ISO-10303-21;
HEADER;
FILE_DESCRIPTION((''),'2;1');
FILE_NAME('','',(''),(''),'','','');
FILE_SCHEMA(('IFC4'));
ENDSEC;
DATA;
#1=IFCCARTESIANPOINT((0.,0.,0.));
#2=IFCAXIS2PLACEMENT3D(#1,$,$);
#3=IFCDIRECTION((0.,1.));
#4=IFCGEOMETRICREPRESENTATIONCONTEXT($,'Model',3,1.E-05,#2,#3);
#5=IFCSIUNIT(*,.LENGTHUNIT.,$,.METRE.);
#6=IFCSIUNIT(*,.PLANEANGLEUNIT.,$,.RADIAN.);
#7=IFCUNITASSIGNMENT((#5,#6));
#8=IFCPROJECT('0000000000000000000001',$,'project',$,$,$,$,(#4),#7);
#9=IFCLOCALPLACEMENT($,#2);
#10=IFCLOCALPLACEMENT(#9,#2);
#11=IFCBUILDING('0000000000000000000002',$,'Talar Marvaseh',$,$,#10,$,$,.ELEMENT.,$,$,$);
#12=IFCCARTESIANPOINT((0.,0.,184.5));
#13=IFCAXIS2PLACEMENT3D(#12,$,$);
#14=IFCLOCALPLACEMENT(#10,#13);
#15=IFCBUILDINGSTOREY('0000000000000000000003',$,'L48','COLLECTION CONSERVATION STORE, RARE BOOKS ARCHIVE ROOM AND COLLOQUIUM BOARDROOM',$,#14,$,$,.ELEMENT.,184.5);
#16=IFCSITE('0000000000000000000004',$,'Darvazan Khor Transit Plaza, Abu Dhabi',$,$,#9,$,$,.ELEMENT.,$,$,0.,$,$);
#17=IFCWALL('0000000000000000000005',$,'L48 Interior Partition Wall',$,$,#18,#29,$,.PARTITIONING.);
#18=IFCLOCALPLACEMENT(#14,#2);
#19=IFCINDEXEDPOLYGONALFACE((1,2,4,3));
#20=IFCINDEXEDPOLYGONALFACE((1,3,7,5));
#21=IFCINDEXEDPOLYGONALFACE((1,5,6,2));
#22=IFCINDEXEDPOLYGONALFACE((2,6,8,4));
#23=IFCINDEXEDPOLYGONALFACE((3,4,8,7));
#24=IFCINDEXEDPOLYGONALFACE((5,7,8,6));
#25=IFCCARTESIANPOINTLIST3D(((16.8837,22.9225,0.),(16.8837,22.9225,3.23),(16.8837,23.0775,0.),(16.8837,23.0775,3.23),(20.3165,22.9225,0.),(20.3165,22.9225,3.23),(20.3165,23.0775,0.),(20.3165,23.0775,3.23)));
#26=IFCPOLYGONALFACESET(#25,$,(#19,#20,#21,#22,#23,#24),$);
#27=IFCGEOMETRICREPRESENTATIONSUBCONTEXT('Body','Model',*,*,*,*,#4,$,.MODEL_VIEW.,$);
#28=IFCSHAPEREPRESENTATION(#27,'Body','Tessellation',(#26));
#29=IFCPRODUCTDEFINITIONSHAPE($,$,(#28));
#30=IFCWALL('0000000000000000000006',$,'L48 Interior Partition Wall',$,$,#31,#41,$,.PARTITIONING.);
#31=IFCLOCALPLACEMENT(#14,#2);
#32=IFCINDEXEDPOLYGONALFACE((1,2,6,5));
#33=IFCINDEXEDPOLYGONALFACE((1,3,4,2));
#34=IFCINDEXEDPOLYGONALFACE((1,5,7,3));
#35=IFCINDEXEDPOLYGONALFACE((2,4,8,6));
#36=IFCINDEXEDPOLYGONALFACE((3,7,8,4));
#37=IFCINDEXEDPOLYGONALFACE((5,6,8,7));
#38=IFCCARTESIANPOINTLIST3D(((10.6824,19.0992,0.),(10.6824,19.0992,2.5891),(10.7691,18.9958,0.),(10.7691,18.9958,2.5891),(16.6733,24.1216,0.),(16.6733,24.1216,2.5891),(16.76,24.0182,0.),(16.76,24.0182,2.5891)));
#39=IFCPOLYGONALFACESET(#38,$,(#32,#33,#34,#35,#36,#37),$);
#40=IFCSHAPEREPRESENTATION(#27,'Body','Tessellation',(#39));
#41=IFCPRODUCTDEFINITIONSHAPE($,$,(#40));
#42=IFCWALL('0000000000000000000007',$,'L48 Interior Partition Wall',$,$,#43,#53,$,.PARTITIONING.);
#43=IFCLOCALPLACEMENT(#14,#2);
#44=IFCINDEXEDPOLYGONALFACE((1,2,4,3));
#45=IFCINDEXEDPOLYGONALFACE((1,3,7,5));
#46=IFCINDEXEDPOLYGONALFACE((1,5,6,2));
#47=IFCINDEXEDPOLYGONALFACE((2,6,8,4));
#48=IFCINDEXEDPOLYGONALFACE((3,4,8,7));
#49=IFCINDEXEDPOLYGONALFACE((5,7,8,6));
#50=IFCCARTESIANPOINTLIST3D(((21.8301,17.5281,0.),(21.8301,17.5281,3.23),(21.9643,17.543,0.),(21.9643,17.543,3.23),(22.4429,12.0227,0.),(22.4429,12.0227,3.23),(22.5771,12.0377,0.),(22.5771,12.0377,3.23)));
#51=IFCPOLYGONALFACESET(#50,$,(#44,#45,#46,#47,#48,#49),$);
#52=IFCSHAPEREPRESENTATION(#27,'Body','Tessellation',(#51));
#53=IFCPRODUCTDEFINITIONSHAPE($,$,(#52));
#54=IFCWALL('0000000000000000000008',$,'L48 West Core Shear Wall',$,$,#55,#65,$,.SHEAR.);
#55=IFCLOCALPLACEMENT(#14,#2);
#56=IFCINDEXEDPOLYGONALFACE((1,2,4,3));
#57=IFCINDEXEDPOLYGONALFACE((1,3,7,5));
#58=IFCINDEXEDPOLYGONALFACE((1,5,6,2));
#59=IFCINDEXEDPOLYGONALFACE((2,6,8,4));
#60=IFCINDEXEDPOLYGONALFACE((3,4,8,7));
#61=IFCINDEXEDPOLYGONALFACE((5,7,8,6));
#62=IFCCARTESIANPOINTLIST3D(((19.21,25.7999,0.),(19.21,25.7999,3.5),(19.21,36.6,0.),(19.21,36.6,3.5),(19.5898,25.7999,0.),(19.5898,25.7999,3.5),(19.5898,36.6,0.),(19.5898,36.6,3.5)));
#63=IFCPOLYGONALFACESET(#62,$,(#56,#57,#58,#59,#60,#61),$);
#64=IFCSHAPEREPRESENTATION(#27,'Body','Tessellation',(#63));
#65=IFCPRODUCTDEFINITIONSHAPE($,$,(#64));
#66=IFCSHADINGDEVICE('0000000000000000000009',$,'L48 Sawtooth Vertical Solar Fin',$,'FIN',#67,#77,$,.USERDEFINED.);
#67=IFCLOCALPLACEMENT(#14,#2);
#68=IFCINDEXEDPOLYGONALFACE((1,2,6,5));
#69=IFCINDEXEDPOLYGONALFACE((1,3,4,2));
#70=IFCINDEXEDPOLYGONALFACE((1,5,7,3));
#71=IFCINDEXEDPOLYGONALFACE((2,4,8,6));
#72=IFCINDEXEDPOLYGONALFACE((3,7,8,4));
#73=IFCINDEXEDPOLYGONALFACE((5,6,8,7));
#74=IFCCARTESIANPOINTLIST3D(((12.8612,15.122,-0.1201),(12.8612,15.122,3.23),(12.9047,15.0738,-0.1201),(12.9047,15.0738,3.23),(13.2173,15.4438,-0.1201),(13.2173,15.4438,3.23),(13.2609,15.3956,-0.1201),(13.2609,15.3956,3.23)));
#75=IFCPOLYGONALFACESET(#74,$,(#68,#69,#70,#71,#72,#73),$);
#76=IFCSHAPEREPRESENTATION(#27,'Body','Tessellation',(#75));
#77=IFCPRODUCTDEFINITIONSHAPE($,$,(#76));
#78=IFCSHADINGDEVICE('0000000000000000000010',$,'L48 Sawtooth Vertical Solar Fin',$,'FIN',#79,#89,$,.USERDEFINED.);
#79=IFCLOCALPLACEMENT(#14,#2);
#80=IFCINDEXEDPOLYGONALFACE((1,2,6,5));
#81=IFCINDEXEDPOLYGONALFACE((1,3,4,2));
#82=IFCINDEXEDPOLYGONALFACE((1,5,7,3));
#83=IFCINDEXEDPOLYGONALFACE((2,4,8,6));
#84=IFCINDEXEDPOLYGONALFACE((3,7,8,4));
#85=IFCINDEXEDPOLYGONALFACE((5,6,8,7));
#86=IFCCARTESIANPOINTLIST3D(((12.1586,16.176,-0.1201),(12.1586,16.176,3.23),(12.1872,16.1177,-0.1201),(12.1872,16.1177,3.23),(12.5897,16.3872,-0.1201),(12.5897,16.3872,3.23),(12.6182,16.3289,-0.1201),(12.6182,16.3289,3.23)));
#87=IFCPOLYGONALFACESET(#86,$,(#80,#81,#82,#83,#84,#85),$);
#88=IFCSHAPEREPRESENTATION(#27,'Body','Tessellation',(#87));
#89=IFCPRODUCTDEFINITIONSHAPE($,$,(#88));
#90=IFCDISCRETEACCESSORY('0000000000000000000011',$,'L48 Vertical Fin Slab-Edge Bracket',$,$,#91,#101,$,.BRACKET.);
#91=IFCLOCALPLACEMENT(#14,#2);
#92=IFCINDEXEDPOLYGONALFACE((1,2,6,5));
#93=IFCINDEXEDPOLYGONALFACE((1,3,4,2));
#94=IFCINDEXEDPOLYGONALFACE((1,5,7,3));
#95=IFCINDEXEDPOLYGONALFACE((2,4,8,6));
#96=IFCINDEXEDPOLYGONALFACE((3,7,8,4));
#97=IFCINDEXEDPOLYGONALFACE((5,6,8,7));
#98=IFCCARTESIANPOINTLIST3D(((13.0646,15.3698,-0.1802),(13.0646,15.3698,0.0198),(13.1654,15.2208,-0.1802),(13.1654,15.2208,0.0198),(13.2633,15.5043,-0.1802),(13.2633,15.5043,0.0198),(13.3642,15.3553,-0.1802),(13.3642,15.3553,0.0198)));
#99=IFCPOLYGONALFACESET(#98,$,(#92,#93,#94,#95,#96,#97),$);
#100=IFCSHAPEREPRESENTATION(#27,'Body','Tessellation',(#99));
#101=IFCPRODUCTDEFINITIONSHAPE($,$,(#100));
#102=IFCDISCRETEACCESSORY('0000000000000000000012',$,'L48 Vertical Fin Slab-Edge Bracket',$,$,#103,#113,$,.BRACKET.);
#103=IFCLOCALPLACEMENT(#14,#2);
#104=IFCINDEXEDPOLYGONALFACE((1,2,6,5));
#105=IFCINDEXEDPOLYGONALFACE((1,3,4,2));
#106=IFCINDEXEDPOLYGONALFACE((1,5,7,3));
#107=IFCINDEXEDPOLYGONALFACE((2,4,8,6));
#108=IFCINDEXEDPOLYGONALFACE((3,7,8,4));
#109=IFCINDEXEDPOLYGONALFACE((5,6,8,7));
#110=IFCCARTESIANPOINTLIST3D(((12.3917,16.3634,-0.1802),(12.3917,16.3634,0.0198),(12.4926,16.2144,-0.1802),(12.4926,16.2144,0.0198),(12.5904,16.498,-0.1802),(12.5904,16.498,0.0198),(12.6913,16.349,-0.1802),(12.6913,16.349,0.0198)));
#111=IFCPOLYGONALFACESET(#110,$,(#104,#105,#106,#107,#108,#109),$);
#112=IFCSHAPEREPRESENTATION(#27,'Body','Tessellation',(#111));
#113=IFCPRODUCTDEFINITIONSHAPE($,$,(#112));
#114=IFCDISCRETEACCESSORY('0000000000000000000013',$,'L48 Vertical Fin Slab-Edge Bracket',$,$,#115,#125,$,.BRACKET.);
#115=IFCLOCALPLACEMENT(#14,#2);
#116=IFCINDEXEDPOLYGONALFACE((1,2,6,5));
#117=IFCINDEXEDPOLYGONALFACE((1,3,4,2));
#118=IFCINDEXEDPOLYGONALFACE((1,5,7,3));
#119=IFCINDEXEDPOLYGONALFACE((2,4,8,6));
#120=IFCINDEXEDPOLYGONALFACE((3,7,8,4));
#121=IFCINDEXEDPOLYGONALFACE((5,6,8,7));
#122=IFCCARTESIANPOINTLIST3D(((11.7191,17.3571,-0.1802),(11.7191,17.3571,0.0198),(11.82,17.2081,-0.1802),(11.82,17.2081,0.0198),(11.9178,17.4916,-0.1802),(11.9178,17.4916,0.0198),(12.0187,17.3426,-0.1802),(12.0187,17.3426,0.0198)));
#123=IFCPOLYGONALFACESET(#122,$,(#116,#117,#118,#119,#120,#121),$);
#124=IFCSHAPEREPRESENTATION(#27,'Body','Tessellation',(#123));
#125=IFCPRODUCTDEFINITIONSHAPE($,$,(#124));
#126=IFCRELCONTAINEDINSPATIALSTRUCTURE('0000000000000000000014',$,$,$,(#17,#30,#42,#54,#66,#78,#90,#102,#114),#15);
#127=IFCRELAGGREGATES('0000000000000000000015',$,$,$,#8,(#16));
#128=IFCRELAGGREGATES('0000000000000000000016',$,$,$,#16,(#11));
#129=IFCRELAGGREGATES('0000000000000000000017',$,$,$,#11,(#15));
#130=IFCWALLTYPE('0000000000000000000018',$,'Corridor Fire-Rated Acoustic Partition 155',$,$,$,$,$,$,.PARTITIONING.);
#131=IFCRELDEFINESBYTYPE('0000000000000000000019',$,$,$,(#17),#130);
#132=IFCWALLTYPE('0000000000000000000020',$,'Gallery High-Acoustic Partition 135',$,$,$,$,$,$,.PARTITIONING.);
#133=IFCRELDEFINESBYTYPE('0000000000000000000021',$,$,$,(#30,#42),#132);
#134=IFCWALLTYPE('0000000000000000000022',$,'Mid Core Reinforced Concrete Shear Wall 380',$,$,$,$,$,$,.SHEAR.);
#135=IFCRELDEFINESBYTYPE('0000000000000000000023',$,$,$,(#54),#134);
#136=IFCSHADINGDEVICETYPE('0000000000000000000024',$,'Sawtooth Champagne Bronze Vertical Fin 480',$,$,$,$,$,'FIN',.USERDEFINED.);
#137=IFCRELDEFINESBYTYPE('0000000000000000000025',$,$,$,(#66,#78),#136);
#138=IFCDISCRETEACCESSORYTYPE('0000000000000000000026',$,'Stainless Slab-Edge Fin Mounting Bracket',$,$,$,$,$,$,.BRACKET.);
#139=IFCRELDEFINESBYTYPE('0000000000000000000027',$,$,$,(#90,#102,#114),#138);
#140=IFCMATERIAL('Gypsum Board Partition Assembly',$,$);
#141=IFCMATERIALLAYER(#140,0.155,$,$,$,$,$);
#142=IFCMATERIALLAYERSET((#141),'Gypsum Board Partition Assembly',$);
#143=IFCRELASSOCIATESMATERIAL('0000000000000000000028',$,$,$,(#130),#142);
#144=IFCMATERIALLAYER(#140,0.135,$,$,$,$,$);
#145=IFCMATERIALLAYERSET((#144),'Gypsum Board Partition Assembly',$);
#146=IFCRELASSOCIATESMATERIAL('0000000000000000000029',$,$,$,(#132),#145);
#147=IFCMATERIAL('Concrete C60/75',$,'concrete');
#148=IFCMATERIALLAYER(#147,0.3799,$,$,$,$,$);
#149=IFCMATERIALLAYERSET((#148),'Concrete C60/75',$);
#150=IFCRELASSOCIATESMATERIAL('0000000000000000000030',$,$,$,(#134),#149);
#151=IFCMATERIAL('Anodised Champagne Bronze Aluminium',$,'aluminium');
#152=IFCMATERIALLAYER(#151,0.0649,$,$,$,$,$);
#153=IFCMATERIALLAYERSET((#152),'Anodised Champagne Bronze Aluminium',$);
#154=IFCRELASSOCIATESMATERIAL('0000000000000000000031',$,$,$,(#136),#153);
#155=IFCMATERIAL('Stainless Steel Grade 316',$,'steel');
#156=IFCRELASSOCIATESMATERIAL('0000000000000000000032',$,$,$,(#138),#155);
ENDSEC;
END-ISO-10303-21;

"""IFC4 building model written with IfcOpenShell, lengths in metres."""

from ifc_helpers import new_model, si_unit, direction, frame, frame_2d, origin, origin_2d, place, context, subcontext, project, spatial, rectangle, extrude, source, transform, mapped, material, layer, layer_set, type_object, type_shapes, element, save


model = new_model("IFC4")

# Units and contexts
model_context = context("Model", 3, precision=1e-05, world=origin(), true_north=direction((0.0, 1.0)))
body_context = subcontext(model_context, "Body", "Model", "MODEL_VIEW")
ifc_project = project(units=[si_unit("LENGTHUNIT", "METRE"), si_unit("PLANEANGLEUNIT", "RADIAN")], contexts=[model_context])

# Site, building, storey
site_placement = place(None, origin())
site = spatial("IfcSite", under=ifc_project, at=site_placement, Name="Darvazan Khor Transit Plaza, Abu Dhabi", CompositionType="ELEMENT", RefElevation=0.0)
building_placement = place(site_placement, origin())
building = spatial("IfcBuilding", under=site, at=building_placement, Name="Talar Marvaseh", CompositionType="ELEMENT")
storey_placement = place(building_placement, frame((0.0, 0.0, 184.5)))
storey = spatial("IfcBuildingStorey", under=building, at=storey_placement, Name="L48", Description="COLLECTION CONSERVATION STORE, RARE BOOKS ARCHIVE ROOM AND COLLOQUIUM BOARDROOM", CompositionType="ELEMENT", Elevation=184.5)

# Shared definitions
ifc_material_1 = material(Name="Concrete C60/75", Category="concrete")

# Shared definitions
ifc_material_2 = material(Name="Gypsum Board Partition Assembly")
ifc_layer_1 = layer(ifc_material_2, 0.155)
ifc_layer_set_1 = layer_set([ifc_layer_1], Name="Gypsum Board Partition Assembly")
wall_type_1 = type_object("IfcWallType", Name="Corridor Fire-Rated Acoustic Partition 155", PredefinedType="PARTITIONING", material=ifc_layer_set_1)

# Walls
wall_1_placement = place(storey_placement, frame((20.3164, 23.0, 0.0), z_axis=(0.0, 0.0, 1.0), x_axis=(-1.0, 0.0, 0.0)))
element("IfcWall", 1, at=wall_1_placement, inside=storey, type_object=wall_type_1, Name="L48 Interior Partition Wall", PredefinedType="PARTITIONING", context=body_context, shape_type="SweptSolid", body=[
    extrude(rectangle(XDim=3.4329, YDim=0.155, at=frame_2d((1.7163, 0.0))), origin(), (0.0, 0.0, 1.0), 3.23),
])
ifc_layer_2 = layer(ifc_material_2, 0.135)
ifc_layer_set_2 = layer_set([ifc_layer_2], Name="Gypsum Board Partition Assembly")
wall_type_2 = type_object("IfcWallType", Name="Gallery High-Acoustic Partition 135", PredefinedType="PARTITIONING", material=ifc_layer_set_2)
wall_2_placement = place(storey_placement, frame((16.7166, 24.0698, 0.0), z_axis=(0.0, 0.0, 1.0), x_axis=(-0.766331, -0.642445, 0.0)))
element("IfcWall", 2, at=wall_2_placement, inside=storey, type_object=wall_type_2, Name="L48 Interior Partition Wall", PredefinedType="PARTITIONING", context=body_context, shape_type="SweptSolid", body=[
    extrude(rectangle(XDim=7.8176, YDim=0.135, at=frame_2d((3.9087, 0.0))), origin(), (0.0, 0.0, 1.0), 2.5891),
])
wall_3_placement = place(storey_placement, frame((21.8972, 17.5354, 0.0), z_axis=(0.0, 0.0, 1.0), x_axis=(0.110625, -0.993862, 0.0)))
element("IfcWall", 3, at=wall_3_placement, inside=storey, type_object=wall_type_2, Name="L48 Interior Partition Wall", PredefinedType="PARTITIONING", context=body_context, shape_type="SweptSolid", body=[
    extrude(rectangle(XDim=5.5393, YDim=0.135, at=frame_2d((2.7695, 0.0))), origin(), (0.0, 0.0, 1.0), 3.23),
])
ifc_layer_3 = layer(ifc_material_1, 0.3799)
ifc_layer_set_3 = layer_set([ifc_layer_3], Name="Concrete C60/75")
wall_type_3 = type_object("IfcWallType", Name="Mid Core Reinforced Concrete Shear Wall 380", PredefinedType="SHEAR", material=ifc_layer_set_3)
wall_4_placement = place(storey_placement, frame((19.3999, 25.8, 0.0), z_axis=(0.0, 0.0, 1.0), x_axis=(0.0, 1.0, 0.0)))
element("IfcWall", 4, at=wall_4_placement, inside=storey, type_object=wall_type_3, Name="L48 West Core Shear Wall", PredefinedType="SHEAR", context=body_context, shape_type="SweptSolid", body=[
    extrude(rectangle(XDim=10.8, YDim=0.3799, at=frame_2d((5.3999, 0.0))), origin(), (0.0, 0.0, 1.0), 3.5),
])

# Shading devices
ifc_material_3 = material(Name="Anodised Champagne Bronze Aluminium", Category="aluminium")
ifc_layer_4 = layer(ifc_material_3, 0.0649)
ifc_layer_set_4 = layer_set([ifc_layer_4], Name="Anodised Champagne Bronze Aluminium")
shading_device_type = type_object("IfcShadingDeviceType", Name="Sawtooth Champagne Bronze Vertical Fin 480", ElementType="FIN", PredefinedType="USERDEFINED", material=ifc_layer_set_4)
shared_shape_1 = source(origin(), body_context, "Body", "SweptSolid", [
    extrude(rectangle(XDim=0.48, YDim=0.0649, at=origin_2d()), origin(), (0.0, 0.0, 1.0), 3.3501),
])
type_shapes(shading_device_type, [shared_shape_1])
for number, where, z_axis, x_axis, name in (
    (5, (13.061, 15.2588, -0.1201), (0.0, 0.0, 1.0), (-0.741976, -0.670427, 0.0), "L48 Sawtooth Vertical Solar Fin"),
    (6, (12.3884, 16.2524, -0.1201), (0.0, 0.0, 1.0), (-0.898028, -0.439939, 0.0), "L48 Sawtooth Vertical Solar Fin"),
):
    element("IfcShadingDevice", number, at=place(storey_placement, frame(where, z_axis=z_axis, x_axis=x_axis)), inside=storey, type_object=shading_device_type, Name=name, ObjectType="FIN", PredefinedType="USERDEFINED", context=body_context, shape_type="MappedRepresentation", body=[
        mapped(shared_shape_1, transform((0.0, 0.0, 0.0), x_axis=(1.0, 0.0, 0.0), y_axis=(0.0, 1.0, 0.0), z_axis=(0.0, 0.0, 1.0), scale=1.0)),
    ])

# Discrete accessories
ifc_material_4 = material(Name="Stainless Steel Grade 316", Category="steel")
discrete_accessory_type = type_object("IfcDiscreteAccessoryType", Name="Stainless Slab-Edge Fin Mounting Bracket", PredefinedType="BRACKET", material=ifc_material_4)
shared_shape_2 = source(origin(), body_context, "Body", "SweptSolid", [
    extrude(rectangle(XDim=0.24, YDim=0.1799, at=origin_2d()), origin(), (0.0, 0.0, 1.0), 0.2),
])
type_shapes(discrete_accessory_type, [shared_shape_2])
for number, where, z_axis, x_axis, name in (
    (7, (13.2144, 15.3625, -0.1802), (0.0, 0.0, 1.0), (-0.82806, -0.560639, 0.0), "L48 Vertical Fin Slab-Edge Bracket"),
    (8, (12.5415, 16.3562, -0.1802), (0.0, 0.0, 1.0), (-0.82806, -0.560639, 0.0), "L48 Vertical Fin Slab-Edge Bracket"),
    (9, (11.8689, 17.3499, -0.1802), (0.0, 0.0, 1.0), (-0.82806, -0.560639, 0.0), "L48 Vertical Fin Slab-Edge Bracket"),
):
    element("IfcDiscreteAccessory", number, at=place(storey_placement, frame(where, z_axis=z_axis, x_axis=x_axis)), inside=storey, type_object=discrete_accessory_type, Name=name, PredefinedType="BRACKET", context=body_context, shape_type="MappedRepresentation", body=[
        mapped(shared_shape_2, transform((0.0, 0.0, 0.0), x_axis=(1.0, 0.0, 0.0), y_axis=(0.0, 1.0, 0.0), z_axis=(0.0, 0.0, 1.0), scale=1.0)),
    ])

save(model, "model.ifc")
